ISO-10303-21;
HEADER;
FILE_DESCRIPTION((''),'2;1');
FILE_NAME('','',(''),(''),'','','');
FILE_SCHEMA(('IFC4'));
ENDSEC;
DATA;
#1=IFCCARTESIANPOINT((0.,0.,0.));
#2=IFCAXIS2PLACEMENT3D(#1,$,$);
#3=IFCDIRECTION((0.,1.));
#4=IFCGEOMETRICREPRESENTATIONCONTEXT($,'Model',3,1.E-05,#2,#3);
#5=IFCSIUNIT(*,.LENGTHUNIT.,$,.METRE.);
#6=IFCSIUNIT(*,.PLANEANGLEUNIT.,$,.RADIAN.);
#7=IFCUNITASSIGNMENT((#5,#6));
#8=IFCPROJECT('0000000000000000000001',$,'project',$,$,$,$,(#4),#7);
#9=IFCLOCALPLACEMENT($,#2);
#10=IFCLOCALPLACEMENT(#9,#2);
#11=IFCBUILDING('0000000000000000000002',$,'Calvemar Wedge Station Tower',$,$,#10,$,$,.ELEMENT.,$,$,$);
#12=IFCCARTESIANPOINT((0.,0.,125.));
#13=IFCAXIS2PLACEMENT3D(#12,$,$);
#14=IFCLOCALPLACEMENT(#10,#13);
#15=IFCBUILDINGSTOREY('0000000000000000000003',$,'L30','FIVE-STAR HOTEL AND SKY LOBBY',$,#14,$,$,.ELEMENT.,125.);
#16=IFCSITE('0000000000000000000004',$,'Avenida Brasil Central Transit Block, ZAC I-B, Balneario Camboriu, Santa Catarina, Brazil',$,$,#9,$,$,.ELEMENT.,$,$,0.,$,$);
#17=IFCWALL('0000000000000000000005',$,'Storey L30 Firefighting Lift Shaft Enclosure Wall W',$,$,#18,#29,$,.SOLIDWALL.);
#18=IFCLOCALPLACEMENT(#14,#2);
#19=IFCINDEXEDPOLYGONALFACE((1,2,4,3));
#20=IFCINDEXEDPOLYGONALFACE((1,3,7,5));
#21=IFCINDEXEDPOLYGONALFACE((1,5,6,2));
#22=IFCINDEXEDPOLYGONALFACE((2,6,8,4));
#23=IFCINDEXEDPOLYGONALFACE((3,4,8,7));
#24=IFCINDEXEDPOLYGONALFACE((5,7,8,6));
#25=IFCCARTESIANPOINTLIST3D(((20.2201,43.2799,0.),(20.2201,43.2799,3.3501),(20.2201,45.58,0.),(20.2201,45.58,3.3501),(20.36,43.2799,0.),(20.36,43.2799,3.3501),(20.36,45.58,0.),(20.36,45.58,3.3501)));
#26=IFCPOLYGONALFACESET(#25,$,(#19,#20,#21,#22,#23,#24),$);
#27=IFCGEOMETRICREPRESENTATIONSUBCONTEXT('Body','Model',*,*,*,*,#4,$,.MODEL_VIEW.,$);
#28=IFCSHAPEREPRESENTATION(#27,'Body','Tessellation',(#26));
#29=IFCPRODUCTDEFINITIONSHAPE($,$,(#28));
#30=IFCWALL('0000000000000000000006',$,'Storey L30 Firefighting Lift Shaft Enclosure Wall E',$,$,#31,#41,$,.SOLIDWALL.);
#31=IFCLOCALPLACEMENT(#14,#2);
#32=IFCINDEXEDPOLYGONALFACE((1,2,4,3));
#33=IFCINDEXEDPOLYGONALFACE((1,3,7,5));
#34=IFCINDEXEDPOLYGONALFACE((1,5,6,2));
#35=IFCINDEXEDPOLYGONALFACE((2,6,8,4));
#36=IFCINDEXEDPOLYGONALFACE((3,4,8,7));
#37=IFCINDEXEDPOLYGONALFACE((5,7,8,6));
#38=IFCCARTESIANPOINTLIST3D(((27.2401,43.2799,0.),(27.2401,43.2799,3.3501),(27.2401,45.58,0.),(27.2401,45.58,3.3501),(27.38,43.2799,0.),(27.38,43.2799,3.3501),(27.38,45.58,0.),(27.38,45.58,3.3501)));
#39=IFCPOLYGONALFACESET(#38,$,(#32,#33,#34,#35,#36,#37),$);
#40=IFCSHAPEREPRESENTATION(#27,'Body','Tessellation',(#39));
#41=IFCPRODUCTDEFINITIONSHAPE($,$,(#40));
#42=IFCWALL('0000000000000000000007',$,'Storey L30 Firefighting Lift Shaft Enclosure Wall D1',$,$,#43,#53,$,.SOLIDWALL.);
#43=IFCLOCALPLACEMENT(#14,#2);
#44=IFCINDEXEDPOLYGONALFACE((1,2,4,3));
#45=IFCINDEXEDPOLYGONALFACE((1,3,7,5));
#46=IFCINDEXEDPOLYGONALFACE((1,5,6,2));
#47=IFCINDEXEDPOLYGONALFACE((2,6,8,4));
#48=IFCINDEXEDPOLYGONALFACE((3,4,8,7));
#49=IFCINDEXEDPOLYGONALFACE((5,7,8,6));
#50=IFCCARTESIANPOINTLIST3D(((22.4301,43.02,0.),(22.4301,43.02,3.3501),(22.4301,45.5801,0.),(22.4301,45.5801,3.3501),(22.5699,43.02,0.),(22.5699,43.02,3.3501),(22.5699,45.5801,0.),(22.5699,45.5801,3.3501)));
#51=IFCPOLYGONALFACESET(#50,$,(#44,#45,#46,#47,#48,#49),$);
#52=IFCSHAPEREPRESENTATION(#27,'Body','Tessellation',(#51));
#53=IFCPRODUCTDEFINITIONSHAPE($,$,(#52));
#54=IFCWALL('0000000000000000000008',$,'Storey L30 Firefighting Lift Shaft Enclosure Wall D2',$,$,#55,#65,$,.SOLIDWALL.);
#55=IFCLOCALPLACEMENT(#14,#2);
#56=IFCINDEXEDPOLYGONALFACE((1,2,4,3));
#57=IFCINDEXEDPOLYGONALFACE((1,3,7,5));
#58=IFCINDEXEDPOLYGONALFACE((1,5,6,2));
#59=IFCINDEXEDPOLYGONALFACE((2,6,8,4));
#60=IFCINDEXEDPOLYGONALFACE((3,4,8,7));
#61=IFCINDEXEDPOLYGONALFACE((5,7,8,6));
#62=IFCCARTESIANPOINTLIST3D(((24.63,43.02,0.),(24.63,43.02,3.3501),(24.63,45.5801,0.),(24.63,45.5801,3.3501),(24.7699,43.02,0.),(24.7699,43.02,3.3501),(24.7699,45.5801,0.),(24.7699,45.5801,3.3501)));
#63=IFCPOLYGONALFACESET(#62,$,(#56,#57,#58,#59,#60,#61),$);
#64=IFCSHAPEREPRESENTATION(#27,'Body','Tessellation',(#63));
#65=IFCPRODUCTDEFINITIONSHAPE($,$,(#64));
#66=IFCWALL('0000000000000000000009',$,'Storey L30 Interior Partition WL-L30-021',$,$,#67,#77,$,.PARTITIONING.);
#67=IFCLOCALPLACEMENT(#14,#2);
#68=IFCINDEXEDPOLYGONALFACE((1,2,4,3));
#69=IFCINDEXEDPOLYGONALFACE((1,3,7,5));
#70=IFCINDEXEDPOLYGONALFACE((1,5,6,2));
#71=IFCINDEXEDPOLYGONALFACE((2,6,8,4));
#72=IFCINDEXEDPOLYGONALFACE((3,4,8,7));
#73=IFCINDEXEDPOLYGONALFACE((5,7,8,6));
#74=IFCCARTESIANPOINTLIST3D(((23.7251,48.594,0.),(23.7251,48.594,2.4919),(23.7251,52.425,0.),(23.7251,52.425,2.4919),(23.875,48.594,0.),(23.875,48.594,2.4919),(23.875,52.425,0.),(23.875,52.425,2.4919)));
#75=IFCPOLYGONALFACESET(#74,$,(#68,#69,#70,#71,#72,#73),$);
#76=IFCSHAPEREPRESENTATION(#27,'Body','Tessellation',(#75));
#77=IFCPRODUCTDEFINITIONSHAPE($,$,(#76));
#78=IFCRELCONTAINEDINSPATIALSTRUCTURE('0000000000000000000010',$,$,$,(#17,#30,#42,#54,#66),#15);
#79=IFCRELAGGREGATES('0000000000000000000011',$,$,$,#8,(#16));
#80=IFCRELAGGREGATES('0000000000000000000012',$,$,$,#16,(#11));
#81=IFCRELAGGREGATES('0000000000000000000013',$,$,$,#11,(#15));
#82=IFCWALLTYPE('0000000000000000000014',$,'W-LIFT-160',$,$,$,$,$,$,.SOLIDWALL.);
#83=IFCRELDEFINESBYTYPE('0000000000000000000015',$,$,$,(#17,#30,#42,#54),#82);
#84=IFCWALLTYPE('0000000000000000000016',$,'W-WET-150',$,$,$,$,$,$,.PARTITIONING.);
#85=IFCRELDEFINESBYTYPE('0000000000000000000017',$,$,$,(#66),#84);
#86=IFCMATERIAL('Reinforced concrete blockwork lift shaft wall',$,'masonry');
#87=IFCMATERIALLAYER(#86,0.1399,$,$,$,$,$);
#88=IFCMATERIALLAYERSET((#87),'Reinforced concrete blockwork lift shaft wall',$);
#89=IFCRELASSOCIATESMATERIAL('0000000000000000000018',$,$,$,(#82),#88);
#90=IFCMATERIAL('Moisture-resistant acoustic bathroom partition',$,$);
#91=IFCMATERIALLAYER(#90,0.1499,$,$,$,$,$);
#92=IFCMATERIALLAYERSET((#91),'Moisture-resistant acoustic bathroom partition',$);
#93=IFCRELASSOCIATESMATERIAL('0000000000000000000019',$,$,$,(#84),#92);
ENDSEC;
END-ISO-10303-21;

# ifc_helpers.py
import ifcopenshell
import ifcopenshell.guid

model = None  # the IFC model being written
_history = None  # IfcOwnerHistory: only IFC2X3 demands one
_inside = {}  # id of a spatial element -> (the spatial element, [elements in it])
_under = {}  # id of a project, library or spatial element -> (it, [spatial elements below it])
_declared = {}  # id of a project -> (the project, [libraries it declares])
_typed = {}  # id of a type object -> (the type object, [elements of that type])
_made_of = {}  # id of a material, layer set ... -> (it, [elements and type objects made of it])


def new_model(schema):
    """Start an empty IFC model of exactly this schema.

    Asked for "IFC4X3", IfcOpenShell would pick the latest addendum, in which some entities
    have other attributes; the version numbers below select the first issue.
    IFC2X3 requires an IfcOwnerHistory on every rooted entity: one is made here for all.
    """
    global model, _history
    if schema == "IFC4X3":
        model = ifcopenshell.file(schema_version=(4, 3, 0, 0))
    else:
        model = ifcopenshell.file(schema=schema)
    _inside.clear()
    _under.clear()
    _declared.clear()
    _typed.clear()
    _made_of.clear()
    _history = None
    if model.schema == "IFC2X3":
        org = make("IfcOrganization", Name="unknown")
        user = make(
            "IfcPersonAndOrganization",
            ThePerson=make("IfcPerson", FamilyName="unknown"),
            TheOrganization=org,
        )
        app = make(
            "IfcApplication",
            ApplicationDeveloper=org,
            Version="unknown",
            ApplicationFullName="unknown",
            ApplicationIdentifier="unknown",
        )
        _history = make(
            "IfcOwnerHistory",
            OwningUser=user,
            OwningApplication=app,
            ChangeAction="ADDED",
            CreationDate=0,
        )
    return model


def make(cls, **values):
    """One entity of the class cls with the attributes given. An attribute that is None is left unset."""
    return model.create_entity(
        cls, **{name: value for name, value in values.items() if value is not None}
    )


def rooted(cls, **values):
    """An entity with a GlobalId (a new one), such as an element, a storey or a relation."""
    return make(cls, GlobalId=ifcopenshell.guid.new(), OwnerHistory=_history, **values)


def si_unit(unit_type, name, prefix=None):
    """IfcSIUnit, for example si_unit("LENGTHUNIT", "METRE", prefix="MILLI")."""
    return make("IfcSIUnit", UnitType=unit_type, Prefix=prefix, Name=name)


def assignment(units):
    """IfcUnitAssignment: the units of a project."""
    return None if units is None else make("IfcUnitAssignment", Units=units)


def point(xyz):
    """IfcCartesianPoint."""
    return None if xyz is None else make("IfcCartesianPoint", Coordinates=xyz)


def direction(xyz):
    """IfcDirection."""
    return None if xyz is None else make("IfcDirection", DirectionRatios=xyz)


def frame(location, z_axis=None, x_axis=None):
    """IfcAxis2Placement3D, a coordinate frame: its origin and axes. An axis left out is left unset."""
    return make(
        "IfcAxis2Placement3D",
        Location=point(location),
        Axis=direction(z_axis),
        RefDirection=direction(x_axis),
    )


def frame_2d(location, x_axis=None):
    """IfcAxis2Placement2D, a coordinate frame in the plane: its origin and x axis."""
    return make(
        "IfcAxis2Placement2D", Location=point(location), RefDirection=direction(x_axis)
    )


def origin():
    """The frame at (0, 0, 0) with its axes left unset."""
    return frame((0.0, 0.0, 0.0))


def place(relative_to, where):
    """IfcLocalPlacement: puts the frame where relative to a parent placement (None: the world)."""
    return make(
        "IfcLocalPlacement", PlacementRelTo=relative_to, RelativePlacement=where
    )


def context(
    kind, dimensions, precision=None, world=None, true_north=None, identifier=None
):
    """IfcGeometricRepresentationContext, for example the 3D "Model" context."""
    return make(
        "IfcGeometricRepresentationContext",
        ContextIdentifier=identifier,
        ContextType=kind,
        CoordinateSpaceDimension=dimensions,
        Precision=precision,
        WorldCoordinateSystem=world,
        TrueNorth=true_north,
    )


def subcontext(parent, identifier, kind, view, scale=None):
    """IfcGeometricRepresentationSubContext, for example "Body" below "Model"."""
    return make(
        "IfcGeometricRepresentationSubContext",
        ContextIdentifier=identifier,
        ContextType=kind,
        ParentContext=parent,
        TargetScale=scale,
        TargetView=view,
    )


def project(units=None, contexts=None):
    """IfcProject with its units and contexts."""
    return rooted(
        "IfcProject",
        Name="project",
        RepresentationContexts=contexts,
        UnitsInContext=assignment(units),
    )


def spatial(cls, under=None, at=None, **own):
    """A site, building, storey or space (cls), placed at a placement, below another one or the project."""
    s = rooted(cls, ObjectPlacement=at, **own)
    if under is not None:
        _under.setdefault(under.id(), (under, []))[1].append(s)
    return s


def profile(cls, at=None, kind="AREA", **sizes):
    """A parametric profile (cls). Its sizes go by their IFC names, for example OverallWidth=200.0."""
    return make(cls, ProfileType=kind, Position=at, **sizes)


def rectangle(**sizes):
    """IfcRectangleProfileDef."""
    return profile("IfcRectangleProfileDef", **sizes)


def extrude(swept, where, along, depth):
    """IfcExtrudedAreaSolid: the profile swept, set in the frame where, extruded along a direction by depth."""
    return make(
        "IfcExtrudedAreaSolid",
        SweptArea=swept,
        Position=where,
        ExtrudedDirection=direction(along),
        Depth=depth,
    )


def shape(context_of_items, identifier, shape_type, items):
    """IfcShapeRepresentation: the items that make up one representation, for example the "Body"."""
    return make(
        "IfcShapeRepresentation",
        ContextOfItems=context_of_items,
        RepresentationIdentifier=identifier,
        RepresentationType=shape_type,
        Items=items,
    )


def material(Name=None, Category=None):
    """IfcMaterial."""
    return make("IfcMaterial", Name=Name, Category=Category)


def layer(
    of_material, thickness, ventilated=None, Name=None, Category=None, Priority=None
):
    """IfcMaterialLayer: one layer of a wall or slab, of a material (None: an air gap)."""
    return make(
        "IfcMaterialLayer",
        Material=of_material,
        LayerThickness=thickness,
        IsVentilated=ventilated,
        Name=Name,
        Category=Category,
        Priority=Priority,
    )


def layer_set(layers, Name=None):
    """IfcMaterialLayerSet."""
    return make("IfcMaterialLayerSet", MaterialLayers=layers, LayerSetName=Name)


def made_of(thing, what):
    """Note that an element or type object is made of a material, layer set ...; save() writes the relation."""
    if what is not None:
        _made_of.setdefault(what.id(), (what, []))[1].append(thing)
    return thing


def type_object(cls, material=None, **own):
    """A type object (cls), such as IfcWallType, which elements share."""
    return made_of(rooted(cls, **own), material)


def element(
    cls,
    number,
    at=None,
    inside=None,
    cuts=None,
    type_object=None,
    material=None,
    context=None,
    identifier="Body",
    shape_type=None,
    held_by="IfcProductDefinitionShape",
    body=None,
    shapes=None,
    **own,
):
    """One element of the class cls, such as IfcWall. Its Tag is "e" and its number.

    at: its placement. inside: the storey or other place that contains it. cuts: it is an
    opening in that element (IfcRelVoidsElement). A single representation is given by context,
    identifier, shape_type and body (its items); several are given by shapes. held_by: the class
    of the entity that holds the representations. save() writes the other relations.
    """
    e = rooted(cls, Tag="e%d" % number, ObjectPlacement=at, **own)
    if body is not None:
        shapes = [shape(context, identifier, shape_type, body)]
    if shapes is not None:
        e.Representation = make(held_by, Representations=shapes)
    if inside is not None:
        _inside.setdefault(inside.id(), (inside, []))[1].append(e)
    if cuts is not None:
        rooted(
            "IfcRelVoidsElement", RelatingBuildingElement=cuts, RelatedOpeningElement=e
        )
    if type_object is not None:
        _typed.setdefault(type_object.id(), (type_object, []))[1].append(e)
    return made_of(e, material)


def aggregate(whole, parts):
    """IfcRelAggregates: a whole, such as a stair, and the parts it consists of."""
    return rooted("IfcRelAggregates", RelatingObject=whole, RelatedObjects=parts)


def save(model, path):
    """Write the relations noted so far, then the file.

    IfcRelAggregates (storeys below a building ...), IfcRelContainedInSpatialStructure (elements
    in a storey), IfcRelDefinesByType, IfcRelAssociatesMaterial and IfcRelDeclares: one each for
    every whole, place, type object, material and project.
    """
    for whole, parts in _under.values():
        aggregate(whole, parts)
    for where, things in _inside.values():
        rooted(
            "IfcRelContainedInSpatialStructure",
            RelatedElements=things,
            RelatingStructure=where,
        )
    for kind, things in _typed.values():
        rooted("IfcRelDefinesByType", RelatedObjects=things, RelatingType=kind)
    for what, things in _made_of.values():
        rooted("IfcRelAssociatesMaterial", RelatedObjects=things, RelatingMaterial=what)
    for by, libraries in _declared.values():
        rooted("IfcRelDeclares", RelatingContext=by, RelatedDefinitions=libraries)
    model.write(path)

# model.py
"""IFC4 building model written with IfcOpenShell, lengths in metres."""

from ifc_helpers import new_model, si_unit, direction, frame, frame_2d, origin, place, context, subcontext, project, spatial, rectangle, extrude, material, layer, layer_set, type_object, element, save


model = new_model("IFC4")

# Units and contexts
model_context = context("Model", 3, precision=1e-05, world=origin(), true_north=direction((0.0, 1.0)))
body_context = subcontext(model_context, "Body", "Model", "MODEL_VIEW")
ifc_project = project(units=[si_unit("LENGTHUNIT", "METRE"), si_unit("PLANEANGLEUNIT", "RADIAN")], contexts=[model_context])

# Site, building, storey
site_placement = place(None, origin())
site = spatial("IfcSite", under=ifc_project, at=site_placement, Name="Avenida Brasil Central Transit Block, ZAC I-B, Balneario Camboriu, Santa Catarina, Brazil", CompositionType="ELEMENT", RefElevation=0.0)
building_placement = place(site_placement, origin())
building = spatial("IfcBuilding", under=site, at=building_placement, Name="Calvemar Wedge Station Tower", CompositionType="ELEMENT")
storey_placement = place(building_placement, frame((0.0, 0.0, 125.0)))
storey = spatial("IfcBuildingStorey", under=building, at=storey_placement, Name="L30", Description="FIVE-STAR HOTEL AND SKY LOBBY", CompositionType="ELEMENT", Elevation=125.0)

# Walls
ifc_material_1 = material(Name="Reinforced concrete blockwork lift shaft wall", Category="masonry")
ifc_layer_1 = layer(ifc_material_1, 0.1399)
ifc_layer_set_1 = layer_set([ifc_layer_1], Name="Reinforced concrete blockwork lift shaft wall")
wall_type_1 = type_object("IfcWallType", Name="W-LIFT-160", PredefinedType="SOLIDWALL", material=ifc_layer_set_1)
for number, where, z_axis, x_axis, name in (
    (1, (20.29, 43.28, 0.0), (0.0, 0.0, 1.0), (0.0, 1.0, 0.0), "Storey L30 Firefighting Lift Shaft Enclosure Wall W"),
    (2, (27.3101, 43.28, 0.0), (0.0, 0.0, 1.0), (0.0, 1.0, 0.0), "Storey L30 Firefighting Lift Shaft Enclosure Wall E"),
):
    element("IfcWall", number, at=place(storey_placement, frame(where, z_axis=z_axis, x_axis=x_axis)), inside=storey, type_object=wall_type_1, Name=name, PredefinedType="SOLIDWALL", context=body_context, shape_type="SweptSolid", body=[
        extrude(rectangle(XDim=2.3, YDim=0.1399, at=frame_2d((1.1499, 0.0))), origin(), (0.0, 0.0, 1.0), 3.3501),
    ])
for number, where, z_axis, x_axis, name in (
    (3, (22.5, 43.02, 0.0), (0.0, 0.0, 1.0), (0.0, 1.0, 0.0), "Storey L30 Firefighting Lift Shaft Enclosure Wall D1"),
    (4, (24.7, 43.02, 0.0), (0.0, 0.0, 1.0), (0.0, 1.0, 0.0), "Storey L30 Firefighting Lift Shaft Enclosure Wall D2"),
):
    element("IfcWall", number, at=place(storey_placement, frame(where, z_axis=z_axis, x_axis=x_axis)), inside=storey, type_object=wall_type_1, Name=name, PredefinedType="SOLIDWALL", context=body_context, shape_type="SweptSolid", body=[
        extrude(rectangle(XDim=2.5601, YDim=0.1399, at=frame_2d((1.28, 0.0))), origin(), (0.0, 0.0, 1.0), 3.3501),
    ])
ifc_material_2 = material(Name="Moisture-resistant acoustic bathroom partition")
ifc_layer_2 = layer(ifc_material_2, 0.1499)
ifc_layer_set_2 = layer_set([ifc_layer_2], Name="Moisture-resistant acoustic bathroom partition")
wall_type_2 = type_object("IfcWallType", Name="W-WET-150", PredefinedType="PARTITIONING", material=ifc_layer_set_2)
wall_1_placement = place(storey_placement, frame((23.8, 52.425, 0.0), z_axis=(0.0, 0.0, 1.0), x_axis=(0.0, -1.0, 0.0)))
element("IfcWall", 5, at=wall_1_placement, inside=storey, type_object=wall_type_2, Name="Storey L30 Interior Partition WL-L30-021", PredefinedType="PARTITIONING", context=body_context, shape_type="SweptSolid", body=[
    extrude(rectangle(XDim=3.8311, YDim=0.1499, at=frame_2d((1.9155, 0.0))), origin(), (0.0, 0.0, 1.0), 2.4919),
])

save(model, "model.ifc")
